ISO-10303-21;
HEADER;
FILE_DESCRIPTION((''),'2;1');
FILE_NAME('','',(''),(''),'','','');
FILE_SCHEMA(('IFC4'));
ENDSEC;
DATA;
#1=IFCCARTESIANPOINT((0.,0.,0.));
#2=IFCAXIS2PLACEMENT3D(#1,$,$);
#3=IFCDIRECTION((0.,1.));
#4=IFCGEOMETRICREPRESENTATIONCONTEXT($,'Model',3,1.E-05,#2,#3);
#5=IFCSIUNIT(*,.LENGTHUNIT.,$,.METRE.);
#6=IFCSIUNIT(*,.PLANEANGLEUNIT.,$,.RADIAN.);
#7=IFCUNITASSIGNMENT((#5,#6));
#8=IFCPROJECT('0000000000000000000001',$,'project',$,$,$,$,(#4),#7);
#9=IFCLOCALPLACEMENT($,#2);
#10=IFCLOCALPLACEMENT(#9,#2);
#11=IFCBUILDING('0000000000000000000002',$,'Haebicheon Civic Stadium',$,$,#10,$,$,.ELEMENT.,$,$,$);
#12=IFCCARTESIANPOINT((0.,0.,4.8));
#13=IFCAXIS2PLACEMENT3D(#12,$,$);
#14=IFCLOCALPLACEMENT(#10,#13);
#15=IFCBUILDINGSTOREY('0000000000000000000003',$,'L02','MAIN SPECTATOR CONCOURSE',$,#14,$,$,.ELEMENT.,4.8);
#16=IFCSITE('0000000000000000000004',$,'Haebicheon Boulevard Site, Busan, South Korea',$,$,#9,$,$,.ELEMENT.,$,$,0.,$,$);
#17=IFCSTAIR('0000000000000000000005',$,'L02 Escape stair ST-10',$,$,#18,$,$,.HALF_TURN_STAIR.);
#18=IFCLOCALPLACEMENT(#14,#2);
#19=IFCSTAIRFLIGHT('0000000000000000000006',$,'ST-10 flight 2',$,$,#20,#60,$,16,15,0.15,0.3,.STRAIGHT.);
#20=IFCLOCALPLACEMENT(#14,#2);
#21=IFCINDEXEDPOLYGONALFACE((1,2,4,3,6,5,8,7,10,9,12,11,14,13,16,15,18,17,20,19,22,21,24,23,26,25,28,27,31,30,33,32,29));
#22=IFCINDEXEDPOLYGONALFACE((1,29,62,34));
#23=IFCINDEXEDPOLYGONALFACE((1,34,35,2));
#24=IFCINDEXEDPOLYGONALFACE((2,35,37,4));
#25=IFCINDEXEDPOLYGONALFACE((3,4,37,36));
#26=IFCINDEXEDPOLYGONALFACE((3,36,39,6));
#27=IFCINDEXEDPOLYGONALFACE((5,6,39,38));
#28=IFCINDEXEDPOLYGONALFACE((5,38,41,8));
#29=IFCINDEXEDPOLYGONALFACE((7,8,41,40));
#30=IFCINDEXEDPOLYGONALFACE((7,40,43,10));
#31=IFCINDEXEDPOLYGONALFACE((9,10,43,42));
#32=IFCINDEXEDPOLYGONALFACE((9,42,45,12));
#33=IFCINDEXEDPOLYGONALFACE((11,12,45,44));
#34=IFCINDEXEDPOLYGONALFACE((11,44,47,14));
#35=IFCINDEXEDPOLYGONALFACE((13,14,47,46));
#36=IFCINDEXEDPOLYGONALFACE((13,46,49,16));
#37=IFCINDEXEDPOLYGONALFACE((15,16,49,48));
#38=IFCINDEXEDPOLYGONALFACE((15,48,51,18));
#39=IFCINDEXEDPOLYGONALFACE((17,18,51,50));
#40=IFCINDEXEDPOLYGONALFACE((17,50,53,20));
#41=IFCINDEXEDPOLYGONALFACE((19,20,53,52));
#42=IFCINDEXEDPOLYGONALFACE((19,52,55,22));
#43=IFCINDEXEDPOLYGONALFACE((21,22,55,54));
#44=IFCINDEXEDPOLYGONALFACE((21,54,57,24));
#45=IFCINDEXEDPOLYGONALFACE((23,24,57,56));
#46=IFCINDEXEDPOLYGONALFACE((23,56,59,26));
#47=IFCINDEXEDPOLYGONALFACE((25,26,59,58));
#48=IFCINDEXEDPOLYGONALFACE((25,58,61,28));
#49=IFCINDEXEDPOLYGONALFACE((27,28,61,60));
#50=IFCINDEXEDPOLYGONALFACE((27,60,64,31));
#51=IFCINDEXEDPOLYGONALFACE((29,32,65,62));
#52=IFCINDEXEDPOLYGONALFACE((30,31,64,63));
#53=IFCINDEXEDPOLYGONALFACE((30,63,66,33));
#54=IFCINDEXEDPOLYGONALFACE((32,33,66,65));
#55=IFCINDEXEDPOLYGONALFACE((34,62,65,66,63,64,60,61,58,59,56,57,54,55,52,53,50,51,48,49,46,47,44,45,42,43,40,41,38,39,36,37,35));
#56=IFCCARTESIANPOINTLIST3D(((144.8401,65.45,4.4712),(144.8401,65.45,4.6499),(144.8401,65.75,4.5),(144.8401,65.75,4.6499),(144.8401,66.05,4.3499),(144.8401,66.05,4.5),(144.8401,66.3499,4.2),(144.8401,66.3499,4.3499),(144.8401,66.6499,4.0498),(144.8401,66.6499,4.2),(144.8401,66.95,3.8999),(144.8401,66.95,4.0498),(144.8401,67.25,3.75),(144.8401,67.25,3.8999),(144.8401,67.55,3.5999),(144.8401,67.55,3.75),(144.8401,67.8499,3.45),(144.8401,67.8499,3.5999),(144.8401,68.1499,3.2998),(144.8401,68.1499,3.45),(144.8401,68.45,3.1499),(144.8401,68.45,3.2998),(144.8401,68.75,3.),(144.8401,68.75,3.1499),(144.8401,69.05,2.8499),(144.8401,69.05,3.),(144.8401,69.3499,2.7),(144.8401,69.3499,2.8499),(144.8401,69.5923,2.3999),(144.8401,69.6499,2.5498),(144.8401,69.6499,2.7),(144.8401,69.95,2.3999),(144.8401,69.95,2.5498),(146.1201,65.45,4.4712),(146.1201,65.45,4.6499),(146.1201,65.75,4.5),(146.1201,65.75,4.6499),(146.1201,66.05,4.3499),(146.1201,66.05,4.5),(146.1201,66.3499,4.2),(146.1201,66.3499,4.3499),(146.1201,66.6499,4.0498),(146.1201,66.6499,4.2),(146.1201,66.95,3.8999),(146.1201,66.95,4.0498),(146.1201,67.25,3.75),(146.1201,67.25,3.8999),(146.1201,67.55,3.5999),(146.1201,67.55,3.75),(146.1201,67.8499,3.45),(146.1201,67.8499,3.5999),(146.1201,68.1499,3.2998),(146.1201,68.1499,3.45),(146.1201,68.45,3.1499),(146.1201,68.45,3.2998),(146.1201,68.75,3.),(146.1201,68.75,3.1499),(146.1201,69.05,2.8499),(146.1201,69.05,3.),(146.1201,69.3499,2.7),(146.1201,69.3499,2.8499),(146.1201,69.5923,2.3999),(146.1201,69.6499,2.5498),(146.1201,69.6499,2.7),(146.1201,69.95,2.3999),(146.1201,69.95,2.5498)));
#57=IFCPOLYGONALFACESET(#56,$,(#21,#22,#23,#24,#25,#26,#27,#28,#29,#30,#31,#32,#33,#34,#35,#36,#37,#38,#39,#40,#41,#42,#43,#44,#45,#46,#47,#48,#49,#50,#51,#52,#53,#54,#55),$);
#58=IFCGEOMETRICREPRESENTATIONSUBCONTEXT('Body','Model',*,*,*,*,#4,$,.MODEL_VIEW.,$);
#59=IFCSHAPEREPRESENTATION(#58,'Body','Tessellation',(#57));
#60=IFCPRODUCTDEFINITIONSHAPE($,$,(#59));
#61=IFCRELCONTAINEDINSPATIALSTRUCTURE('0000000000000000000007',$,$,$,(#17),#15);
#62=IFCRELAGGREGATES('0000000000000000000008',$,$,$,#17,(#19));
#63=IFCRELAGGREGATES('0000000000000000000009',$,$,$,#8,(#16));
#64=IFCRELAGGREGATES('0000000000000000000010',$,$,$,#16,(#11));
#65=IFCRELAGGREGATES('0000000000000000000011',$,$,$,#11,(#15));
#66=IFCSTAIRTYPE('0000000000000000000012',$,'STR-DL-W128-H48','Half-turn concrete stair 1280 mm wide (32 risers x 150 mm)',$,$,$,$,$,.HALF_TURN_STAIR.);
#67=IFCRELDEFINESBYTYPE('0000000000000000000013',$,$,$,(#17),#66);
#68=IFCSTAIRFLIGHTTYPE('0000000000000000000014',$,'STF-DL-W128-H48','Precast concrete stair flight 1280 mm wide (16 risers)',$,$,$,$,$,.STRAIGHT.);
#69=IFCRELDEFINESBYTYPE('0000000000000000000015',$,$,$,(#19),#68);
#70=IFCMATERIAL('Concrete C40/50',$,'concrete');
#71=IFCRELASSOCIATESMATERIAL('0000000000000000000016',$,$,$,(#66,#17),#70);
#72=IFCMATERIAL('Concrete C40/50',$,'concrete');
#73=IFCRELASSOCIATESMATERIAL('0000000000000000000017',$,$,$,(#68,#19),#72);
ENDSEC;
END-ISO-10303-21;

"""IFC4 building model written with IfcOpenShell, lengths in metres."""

from ifc_helpers import new_model, si_unit, direction, frame, origin, place, context, subcontext, project, spatial, polyline, outline, extrude, material, type_object, element, aggregate, save


model = new_model("IFC4")

# Units and contexts
model_context = context("Model", 3, precision=1e-05, world=origin(), true_north=direction((0.0, 1.0)))
body_context = subcontext(model_context, "Body", "Model", "MODEL_VIEW")
ifc_project = project(units=[si_unit("LENGTHUNIT", "METRE"), si_unit("PLANEANGLEUNIT", "RADIAN")], contexts=[model_context])

# Site, building, storey
site_placement = place(None, origin())
site = spatial("IfcSite", under=ifc_project, at=site_placement, Name="Haebicheon Boulevard Site, Busan, South Korea", CompositionType="ELEMENT", RefElevation=0.0)
building_placement = place(site_placement, origin())
building = spatial("IfcBuilding", under=site, at=building_placement, Name="Haebicheon Civic Stadium", CompositionType="ELEMENT")
storey_placement = place(building_placement, frame((0.0, 0.0, 4.8)))
storey = spatial("IfcBuildingStorey", under=building, at=storey_placement, Name="L02", Description="MAIN SPECTATOR CONCOURSE", CompositionType="ELEMENT", Elevation=4.8)

# Stair, stair flight
ifc_material_1 = material(Name="Concrete C40/50", Category="concrete")
stair_type = type_object("IfcStairType", Name="STR-DL-W128-H48", Description="Half-turn concrete stair 1280 mm wide (32 risers x 150 mm)", PredefinedType="HALF_TURN_STAIR", material=ifc_material_1)
stair_placement = place(storey_placement, origin())
stair = element("IfcStair", 1, at=stair_placement, inside=storey, type_object=stair_type, material=ifc_material_1, Name="L02 Escape stair ST-10", PredefinedType="HALF_TURN_STAIR")
ifc_material_2 = material(Name="Concrete C40/50", Category="concrete")
stair_flight_type = type_object("IfcStairFlightType", Name="STF-DL-W128-H48", Description="Precast concrete stair flight 1280 mm wide (16 risers)", PredefinedType="STRAIGHT", material=ifc_material_2)
stair_flight_placement = place(storey_placement, frame((145.48, 69.95, 2.3999), z_axis=(0.0, 0.0, 1.0), x_axis=(0.0, -1.0, 0.0)))
stair_flight = element("IfcStairFlight", 2, at=stair_flight_placement, type_object=stair_flight_type, material=ifc_material_2, Name="ST-10 flight 2", NumberOfRisers=16, NumberOfTreads=15, PredefinedType="STRAIGHT", RiserHeight=0.15, TreadLength=0.3, context=body_context, shape_type="SweptSolid", body=[
    extrude(outline(polyline([(0.0, 0.0), (0.0, 0.1499), (0.3, 0.1499), (0.3, 0.3), (0.6001, 0.3), (0.6001, 0.45), (0.8999, 0.45), (0.8999, 0.6001), (1.2, 0.6001), (1.2, 0.75), (1.5, 0.75), (1.5, 0.8999), (1.8, 0.8999), (1.8, 1.05), (2.1001, 1.05), (2.1001, 1.2), (2.3999, 1.2), (2.3999, 1.3501), (2.7, 1.3501), (2.7, 1.5), (3.0, 1.5), (3.0, 1.6499), (3.3, 1.6499), (3.3, 1.8), (3.6001, 1.8), (3.6001, 1.95), (3.8999, 1.95), (3.8999, 2.1001), (4.2, 2.1001), (4.2, 2.25), (4.5, 2.25), (4.5, 2.3999), (4.5, 2.0713), (0.3577, 0.0), (0.0, 0.0)])), frame((0.0, 0.6401, 0.0), z_axis=(0.0, -1.0, 0.0), x_axis=(1.0, 0.0, 0.0)), (0.0, 0.0, 1.0), 1.28),
])
aggregate(stair, [stair_flight])

save(model, "model.ifc")
